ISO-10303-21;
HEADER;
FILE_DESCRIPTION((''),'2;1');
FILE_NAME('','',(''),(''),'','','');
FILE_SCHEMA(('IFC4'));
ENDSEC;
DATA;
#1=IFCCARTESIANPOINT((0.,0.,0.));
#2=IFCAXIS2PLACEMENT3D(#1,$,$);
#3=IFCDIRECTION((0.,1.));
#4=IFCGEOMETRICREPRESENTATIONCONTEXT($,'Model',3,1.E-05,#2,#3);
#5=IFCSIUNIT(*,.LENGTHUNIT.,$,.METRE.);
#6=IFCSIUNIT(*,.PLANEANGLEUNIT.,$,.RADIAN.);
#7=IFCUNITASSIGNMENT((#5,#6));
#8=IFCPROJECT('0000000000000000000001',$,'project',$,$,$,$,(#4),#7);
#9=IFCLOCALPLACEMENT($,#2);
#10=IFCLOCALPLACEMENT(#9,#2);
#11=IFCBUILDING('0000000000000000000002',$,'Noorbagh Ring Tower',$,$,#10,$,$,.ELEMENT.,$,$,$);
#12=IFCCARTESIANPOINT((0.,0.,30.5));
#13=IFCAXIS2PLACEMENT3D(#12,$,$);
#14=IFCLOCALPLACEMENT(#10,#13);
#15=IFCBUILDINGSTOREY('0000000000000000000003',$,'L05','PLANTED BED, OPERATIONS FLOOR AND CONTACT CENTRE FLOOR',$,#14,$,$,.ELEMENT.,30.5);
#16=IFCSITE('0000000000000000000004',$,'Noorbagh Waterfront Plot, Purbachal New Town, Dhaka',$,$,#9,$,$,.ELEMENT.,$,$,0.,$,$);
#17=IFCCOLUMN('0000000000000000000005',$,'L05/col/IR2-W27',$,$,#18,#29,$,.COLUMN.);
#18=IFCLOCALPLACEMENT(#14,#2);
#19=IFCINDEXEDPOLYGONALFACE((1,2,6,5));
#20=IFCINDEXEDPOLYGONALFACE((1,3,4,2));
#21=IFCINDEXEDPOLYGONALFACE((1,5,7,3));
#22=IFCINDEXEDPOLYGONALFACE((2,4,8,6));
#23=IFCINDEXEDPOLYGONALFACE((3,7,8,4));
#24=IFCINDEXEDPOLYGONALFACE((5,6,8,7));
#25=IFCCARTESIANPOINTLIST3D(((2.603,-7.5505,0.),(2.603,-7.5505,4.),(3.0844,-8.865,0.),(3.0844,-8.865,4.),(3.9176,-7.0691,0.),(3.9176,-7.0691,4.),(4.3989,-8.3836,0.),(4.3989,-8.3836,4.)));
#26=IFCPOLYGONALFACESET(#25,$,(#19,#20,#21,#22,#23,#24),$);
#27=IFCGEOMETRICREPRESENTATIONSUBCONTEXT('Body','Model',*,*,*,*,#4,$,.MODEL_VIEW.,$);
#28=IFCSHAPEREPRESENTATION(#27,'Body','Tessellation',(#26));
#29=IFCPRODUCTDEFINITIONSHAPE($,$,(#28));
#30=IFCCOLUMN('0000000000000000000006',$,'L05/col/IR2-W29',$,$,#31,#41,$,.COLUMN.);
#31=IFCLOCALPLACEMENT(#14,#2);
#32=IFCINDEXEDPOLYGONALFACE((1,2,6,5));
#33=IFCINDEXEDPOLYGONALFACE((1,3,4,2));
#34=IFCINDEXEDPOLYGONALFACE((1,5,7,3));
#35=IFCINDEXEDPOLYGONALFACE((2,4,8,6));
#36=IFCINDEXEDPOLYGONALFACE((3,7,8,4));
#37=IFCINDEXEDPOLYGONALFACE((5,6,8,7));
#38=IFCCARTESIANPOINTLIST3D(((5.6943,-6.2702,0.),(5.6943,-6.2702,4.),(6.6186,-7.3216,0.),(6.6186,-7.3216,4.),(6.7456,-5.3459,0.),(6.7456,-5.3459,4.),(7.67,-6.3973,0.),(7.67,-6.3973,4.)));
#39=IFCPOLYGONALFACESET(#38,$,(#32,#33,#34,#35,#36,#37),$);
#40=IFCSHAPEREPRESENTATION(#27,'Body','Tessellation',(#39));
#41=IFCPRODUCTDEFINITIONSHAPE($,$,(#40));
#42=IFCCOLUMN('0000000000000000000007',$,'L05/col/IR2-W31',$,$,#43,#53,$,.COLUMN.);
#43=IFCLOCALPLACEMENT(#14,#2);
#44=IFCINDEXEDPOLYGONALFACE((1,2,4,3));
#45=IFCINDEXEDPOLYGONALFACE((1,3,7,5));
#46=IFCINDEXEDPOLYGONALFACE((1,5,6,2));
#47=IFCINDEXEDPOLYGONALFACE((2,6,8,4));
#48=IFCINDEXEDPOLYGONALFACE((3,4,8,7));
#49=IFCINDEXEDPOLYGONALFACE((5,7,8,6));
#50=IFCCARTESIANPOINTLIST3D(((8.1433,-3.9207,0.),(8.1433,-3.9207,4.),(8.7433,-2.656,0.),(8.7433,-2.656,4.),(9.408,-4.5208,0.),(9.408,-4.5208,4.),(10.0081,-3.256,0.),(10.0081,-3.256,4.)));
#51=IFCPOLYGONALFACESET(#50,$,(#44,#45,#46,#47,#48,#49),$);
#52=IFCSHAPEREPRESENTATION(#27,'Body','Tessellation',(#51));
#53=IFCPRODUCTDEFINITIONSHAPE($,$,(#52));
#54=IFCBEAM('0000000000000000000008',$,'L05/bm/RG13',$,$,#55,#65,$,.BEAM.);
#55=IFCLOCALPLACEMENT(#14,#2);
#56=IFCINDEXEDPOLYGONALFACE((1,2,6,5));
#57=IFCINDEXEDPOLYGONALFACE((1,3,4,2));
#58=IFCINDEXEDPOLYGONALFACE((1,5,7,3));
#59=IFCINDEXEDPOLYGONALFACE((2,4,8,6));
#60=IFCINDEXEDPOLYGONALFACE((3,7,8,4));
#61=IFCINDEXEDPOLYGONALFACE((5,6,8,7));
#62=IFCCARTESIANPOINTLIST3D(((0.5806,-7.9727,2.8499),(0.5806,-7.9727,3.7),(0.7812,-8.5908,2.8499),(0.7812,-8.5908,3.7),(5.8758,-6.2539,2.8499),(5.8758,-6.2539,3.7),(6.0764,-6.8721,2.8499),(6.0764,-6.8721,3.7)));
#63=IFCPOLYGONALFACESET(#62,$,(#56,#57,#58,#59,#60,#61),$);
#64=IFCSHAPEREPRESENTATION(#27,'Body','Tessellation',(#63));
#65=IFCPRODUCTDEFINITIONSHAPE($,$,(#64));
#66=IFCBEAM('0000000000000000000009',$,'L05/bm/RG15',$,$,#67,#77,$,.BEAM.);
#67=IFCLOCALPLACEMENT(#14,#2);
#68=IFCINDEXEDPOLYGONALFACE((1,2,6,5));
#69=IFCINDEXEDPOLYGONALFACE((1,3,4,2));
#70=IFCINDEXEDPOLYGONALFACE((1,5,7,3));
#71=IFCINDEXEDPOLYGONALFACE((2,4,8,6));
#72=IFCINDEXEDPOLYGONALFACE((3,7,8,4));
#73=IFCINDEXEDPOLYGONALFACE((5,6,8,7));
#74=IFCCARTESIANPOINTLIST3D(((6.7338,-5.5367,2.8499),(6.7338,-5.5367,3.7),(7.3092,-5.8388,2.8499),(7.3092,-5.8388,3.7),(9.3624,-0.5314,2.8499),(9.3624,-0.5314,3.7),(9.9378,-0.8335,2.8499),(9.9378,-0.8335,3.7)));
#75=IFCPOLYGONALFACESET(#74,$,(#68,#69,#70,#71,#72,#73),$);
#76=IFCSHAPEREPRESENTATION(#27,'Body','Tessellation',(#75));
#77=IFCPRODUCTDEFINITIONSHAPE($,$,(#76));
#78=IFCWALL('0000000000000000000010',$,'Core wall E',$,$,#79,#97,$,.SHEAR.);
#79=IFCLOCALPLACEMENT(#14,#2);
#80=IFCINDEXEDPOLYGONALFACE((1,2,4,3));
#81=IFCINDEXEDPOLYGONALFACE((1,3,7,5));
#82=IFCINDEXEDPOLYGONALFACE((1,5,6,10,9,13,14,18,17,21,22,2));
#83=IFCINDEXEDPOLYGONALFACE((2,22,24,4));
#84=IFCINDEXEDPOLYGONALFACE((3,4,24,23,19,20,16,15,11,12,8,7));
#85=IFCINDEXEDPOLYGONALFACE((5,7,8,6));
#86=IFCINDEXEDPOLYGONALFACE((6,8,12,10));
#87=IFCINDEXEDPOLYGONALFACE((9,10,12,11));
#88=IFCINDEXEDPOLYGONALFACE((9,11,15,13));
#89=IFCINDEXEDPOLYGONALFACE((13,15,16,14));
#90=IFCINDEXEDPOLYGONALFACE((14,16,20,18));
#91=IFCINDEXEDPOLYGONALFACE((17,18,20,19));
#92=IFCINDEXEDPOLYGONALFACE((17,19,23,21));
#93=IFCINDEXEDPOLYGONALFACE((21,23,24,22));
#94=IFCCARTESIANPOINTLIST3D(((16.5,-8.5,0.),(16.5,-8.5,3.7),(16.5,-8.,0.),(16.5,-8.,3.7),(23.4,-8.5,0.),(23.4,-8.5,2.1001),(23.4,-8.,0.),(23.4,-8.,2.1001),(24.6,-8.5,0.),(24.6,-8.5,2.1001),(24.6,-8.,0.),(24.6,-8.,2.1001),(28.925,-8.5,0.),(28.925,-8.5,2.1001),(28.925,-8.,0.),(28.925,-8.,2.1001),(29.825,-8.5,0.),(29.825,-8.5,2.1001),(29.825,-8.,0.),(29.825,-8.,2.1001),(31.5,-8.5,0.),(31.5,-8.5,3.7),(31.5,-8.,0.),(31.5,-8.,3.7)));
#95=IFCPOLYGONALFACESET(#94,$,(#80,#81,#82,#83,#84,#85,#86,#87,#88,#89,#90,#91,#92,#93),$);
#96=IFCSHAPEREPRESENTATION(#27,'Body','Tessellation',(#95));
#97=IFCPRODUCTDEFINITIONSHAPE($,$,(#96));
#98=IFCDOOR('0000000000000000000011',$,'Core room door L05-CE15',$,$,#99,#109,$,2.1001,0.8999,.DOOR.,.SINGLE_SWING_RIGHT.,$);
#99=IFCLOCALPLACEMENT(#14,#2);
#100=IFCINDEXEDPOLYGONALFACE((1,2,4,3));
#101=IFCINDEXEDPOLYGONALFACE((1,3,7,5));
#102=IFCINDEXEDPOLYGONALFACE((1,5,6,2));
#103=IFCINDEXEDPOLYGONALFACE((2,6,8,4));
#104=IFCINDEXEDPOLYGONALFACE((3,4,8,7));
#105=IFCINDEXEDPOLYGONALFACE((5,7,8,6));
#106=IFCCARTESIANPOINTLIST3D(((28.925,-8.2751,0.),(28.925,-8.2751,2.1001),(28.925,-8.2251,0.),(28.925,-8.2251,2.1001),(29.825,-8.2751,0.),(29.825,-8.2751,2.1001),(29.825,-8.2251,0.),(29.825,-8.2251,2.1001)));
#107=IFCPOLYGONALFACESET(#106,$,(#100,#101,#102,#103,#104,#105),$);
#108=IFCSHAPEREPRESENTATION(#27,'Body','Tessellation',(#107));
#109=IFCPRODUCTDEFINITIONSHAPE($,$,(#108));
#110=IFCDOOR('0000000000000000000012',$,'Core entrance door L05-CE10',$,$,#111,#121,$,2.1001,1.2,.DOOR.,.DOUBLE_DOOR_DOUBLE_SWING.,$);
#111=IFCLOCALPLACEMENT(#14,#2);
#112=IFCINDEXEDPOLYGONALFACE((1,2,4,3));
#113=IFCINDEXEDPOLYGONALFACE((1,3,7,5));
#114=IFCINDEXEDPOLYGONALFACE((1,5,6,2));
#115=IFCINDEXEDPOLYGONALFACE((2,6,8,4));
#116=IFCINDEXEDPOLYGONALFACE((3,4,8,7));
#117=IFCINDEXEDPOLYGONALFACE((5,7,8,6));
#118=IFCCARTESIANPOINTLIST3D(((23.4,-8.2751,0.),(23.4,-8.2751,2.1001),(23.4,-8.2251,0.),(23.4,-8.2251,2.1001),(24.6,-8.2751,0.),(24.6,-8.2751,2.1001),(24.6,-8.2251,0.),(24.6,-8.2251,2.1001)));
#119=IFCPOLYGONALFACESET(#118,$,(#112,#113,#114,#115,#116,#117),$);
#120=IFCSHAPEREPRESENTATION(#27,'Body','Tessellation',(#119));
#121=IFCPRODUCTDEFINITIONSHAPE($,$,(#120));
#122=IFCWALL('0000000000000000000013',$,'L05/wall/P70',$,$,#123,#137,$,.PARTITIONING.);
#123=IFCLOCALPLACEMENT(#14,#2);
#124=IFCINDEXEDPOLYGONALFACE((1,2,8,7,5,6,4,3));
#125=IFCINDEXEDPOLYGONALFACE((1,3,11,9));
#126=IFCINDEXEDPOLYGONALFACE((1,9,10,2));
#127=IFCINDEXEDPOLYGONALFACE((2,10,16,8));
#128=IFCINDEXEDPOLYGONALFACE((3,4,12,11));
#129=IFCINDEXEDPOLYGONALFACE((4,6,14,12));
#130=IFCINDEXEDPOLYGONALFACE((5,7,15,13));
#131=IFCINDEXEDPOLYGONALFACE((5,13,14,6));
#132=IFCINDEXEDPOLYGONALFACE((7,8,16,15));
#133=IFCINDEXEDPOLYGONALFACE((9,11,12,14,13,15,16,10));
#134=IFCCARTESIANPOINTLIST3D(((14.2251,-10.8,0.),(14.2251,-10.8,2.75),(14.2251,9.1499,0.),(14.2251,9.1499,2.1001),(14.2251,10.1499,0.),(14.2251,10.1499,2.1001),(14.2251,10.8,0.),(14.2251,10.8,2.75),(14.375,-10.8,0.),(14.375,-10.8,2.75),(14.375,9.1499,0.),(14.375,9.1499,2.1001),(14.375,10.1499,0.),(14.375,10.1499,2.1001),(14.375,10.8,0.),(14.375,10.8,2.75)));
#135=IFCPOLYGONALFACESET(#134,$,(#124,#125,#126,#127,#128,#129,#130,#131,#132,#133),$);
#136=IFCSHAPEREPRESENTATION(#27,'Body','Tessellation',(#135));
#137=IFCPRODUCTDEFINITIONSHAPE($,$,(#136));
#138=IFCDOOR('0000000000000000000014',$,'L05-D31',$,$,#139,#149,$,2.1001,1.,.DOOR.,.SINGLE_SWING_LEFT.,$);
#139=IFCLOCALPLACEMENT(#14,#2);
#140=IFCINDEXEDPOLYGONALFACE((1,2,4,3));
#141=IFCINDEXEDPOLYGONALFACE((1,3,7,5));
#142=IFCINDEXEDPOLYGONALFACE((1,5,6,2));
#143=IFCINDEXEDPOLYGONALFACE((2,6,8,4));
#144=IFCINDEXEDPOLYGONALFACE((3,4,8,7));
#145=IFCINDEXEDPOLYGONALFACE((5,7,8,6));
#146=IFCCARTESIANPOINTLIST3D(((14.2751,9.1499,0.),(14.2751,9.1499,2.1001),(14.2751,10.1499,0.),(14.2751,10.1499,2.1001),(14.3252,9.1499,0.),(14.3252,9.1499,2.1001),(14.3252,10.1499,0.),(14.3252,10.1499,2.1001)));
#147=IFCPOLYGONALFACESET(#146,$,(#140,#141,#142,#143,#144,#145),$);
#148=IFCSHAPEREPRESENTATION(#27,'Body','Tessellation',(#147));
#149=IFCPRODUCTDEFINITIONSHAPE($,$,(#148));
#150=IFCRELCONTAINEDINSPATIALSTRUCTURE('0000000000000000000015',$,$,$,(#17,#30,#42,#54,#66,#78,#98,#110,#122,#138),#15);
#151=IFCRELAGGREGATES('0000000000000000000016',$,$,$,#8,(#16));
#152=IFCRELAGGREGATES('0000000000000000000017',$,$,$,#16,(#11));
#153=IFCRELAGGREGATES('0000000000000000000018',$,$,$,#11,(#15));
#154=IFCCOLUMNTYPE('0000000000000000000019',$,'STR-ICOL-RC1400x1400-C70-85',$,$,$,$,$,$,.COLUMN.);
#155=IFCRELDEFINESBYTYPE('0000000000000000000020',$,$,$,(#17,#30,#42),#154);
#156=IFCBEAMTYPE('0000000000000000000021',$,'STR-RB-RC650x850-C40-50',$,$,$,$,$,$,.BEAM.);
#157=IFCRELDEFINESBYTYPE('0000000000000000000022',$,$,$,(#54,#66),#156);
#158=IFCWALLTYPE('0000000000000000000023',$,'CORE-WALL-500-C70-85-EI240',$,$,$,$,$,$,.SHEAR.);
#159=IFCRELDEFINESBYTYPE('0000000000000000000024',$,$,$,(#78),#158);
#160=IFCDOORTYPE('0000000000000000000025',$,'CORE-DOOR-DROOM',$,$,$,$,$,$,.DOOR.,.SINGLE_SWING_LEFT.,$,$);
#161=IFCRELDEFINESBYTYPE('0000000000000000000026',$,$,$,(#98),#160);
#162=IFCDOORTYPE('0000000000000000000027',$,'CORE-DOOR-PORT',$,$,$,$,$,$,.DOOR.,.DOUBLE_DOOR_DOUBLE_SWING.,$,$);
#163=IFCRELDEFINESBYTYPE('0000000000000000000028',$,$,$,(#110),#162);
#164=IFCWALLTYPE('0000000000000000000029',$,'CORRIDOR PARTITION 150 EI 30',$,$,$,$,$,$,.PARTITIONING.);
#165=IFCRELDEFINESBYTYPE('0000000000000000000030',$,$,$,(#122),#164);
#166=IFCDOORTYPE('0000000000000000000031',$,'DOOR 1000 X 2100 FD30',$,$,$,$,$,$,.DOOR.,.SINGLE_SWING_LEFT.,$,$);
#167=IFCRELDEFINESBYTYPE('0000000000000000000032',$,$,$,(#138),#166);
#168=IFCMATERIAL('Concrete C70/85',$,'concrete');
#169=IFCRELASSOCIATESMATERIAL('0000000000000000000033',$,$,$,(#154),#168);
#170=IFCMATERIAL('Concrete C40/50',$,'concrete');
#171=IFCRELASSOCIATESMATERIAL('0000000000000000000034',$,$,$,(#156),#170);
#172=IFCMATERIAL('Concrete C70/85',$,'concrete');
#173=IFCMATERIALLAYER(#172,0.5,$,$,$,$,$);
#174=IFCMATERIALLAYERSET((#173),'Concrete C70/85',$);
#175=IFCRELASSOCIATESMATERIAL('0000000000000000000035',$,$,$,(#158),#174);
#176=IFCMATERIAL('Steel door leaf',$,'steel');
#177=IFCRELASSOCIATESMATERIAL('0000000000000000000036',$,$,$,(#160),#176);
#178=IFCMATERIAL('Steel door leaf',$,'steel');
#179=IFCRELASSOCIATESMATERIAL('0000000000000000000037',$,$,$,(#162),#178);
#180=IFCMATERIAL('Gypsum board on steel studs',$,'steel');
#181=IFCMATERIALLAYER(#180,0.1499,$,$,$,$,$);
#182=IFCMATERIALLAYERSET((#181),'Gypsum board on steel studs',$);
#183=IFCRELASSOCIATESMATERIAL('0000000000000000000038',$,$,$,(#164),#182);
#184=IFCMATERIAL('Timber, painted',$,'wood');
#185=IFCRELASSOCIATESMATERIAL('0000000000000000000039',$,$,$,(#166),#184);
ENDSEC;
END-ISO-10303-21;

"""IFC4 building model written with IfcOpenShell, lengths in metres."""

from ifc_helpers import new_model, si_unit, direction, frame, frame_2d, origin, origin_2d, place, context, subcontext, project, spatial, rectangle, extrude, material, layer, layer_set, material_profile, profile_set, type_object, element, fill, save


model = new_model("IFC4")

# Units and contexts
model_context = context("Model", 3, precision=1e-05, world=origin(), true_north=direction((0.0, 1.0)))
body_context = subcontext(model_context, "Body", "Model", "MODEL_VIEW")
ifc_project = project(units=[si_unit("LENGTHUNIT", "METRE"), si_unit("PLANEANGLEUNIT", "RADIAN")], contexts=[model_context])

# Site, building, storey
site_placement = place(None, origin())
site = spatial("IfcSite", under=ifc_project, at=site_placement, Name="Noorbagh Waterfront Plot, Purbachal New Town, Dhaka", CompositionType="ELEMENT", RefElevation=0.0)
building_placement = place(site_placement, origin())
building = spatial("IfcBuilding", under=site, at=building_placement, Name="Noorbagh Ring Tower", CompositionType="ELEMENT")
storey_placement = place(building_placement, frame((0.0, 0.0, 30.5)))
storey = spatial("IfcBuildingStorey", under=building, at=storey_placement, Name="L05", Description="PLANTED BED, OPERATIONS FLOOR AND CONTACT CENTRE FLOOR", CompositionType="ELEMENT", Elevation=30.5)

# Columns
ifc_material_1 = material(Name="Concrete C70/85", Category="concrete")
ifc_material_profile_1 = material_profile(ifc_material_1, rectangle(XDim=1.3999, YDim=1.3999, at=origin_2d()), Name="RC1400x1400")
ifc_profile_set_1 = profile_set([ifc_material_profile_1], Name="Concrete C70/85")
column_type = type_object("IfcColumnType", Name="STR-ICOL-RC1400x1400-C70-85", PredefinedType="COLUMN", material=ifc_profile_set_1)
for number, where, z_axis, x_axis, name in (
    (1, (3.501, -7.967, 0.0), (0.0, 0.0, 1.0), (0.93902, 0.343864, 0.0), "L05/col/IR2-W27"),
    (2, (6.6821, -6.3337, 0.0), (0.0, 0.0, 1.0), (0.751022, 0.660277, 0.0), "L05/col/IR2-W29"),
    (3, (9.0757, -3.5884, 0.0), (0.0, 0.0, 1.0), (0.428667, 0.903463, 0.0), "L05/col/IR2-W31"),
):
    element("IfcColumn", number, at=place(storey_placement, frame(where, z_axis=z_axis, x_axis=x_axis)), inside=storey, type_object=column_type, Name=name, PredefinedType="COLUMN", context=body_context, shape_type="SweptSolid", body=[
        extrude(rectangle(XDim=1.3999, YDim=1.3999, at=origin_2d()), origin(), (0.0, 0.0, 1.0), 4.0),
    ])

# Beams
ifc_material_2 = material(Name="Concrete C40/50", Category="concrete")
ifc_material_profile_2 = material_profile(ifc_material_2, rectangle(XDim=0.6499, YDim=0.8501, at=origin_2d()), Name="RC650x850")
ifc_profile_set_2 = profile_set([ifc_material_profile_2], Name="Concrete C40/50")
beam_type = type_object("IfcBeamType", Name="STR-RB-RC650x850-C40-50", PredefinedType="BEAM", material=ifc_profile_set_2)
beam_1_placement = place(storey_placement, frame((0.6809, -8.2817, 3.2749), z_axis=(0.951149, 0.308732, 0.0), x_axis=(-0.308732, 0.951149, 0.0)))
element("IfcBeam", 4, at=beam_1_placement, inside=storey, type_object=beam_type, Name="L05/bm/RG13", PredefinedType="BEAM", context=body_context, shape_type="SweptSolid", body=[
    extrude(rectangle(XDim=0.6499, YDim=0.8501, at=origin_2d()), origin(), (0.0, 0.0, 1.0), 5.5671),
])
beam_2_placement = place(storey_placement, frame((7.0215, -5.6877, 3.2749), z_axis=(0.464951, 0.885337, 0.0), x_axis=(-0.885337, 0.464951, 0.0)))
element("IfcBeam", 5, at=beam_2_placement, inside=storey, type_object=beam_type, Name="L05/bm/RG15", PredefinedType="BEAM", context=body_context, shape_type="SweptSolid", body=[
    extrude(rectangle(XDim=0.6499, YDim=0.8501, at=origin_2d()), origin(), (0.0, 0.0, 1.0), 5.6536),
])

# Wall, openings, doors
ifc_material_3 = material(Name="Concrete C70/85", Category="concrete")
ifc_layer_1 = layer(ifc_material_3, 0.5)
ifc_layer_set_1 = layer_set([ifc_layer_1], Name="Concrete C70/85")
wall_type_1 = type_object("IfcWallType", Name="CORE-WALL-500-C70-85-EI240", PredefinedType="SHEAR", material=ifc_layer_set_1)
wall_1_placement = place(storey_placement, frame((16.5, -8.25, 0.0), z_axis=(0.0, 0.0, 1.0), x_axis=(1.0, 0.0, 0.0)))
wall_1 = element("IfcWall", 6, at=wall_1_placement, inside=storey, type_object=wall_type_1, Name="Core wall E", PredefinedType="SHEAR", context=body_context, shape_type="SweptSolid", body=[
    extrude(rectangle(XDim=15.0, YDim=0.5, at=frame_2d((7.5, 0.0))), origin(), (0.0, 0.0, 1.0), 3.7),
])
opening_1_placement = place(wall_1_placement, frame((6.8999, 0.0, 0.0)))
opening_1 = element("IfcOpeningElement", 7, at=opening_1_placement, cuts=wall_1, PredefinedType="OPENING", context=body_context, shape_type="SweptSolid", body=[
    extrude(rectangle(XDim=1.2, YDim=2.1001, at=frame_2d((0.6001, 1.05))), frame((0.0, 0.26, 0.0), z_axis=(0.0, -1.0, 0.0), x_axis=(1.0, 0.0, 0.0)), (0.0, 0.0, 1.0), 0.52),
])
opening_2_placement = place(wall_1_placement, frame((12.425, 0.0, 0.0)))
opening_2 = element("IfcOpeningElement", 8, at=opening_2_placement, cuts=wall_1, PredefinedType="OPENING", context=body_context, shape_type="SweptSolid", body=[
    extrude(rectangle(XDim=0.8999, YDim=2.1001, at=frame_2d((0.45, 1.05))), frame((0.0, 0.26, 0.0), z_axis=(0.0, -1.0, 0.0), x_axis=(1.0, 0.0, 0.0)), (0.0, 0.0, 1.0), 0.52),
])
ifc_material_4 = material(Name="Steel door leaf", Category="steel")
door_type_1 = type_object("IfcDoorType", Name="CORE-DOOR-DROOM", OperationType="SINGLE_SWING_LEFT", PredefinedType="DOOR", material=ifc_material_4)
door_1_placement = place(opening_2_placement, origin())
door_1 = element("IfcDoor", 9, at=door_1_placement, inside=storey, type_object=door_type_1, Name="Core room door L05-CE15", OperationType="SINGLE_SWING_RIGHT", OverallHeight=2.1001, OverallWidth=0.8999, PredefinedType="DOOR", context=body_context, shape_type="SweptSolid", body=[
    extrude(rectangle(XDim=0.8999, YDim=2.1001, at=frame_2d((0.45, 1.05))), frame((0.0, 0.0249, 0.0), z_axis=(0.0, -1.0, 0.0), x_axis=(1.0, 0.0, 0.0)), (0.0, 0.0, 1.0), 0.05),
])
fill(opening_2, door_1)
ifc_material_5 = material(Name="Steel door leaf", Category="steel")
door_type_2 = type_object("IfcDoorType", Name="CORE-DOOR-PORT", OperationType="DOUBLE_DOOR_DOUBLE_SWING", PredefinedType="DOOR", material=ifc_material_5)
door_2_placement = place(opening_1_placement, origin())
door_2 = element("IfcDoor", 10, at=door_2_placement, inside=storey, type_object=door_type_2, Name="Core entrance door L05-CE10", OperationType="DOUBLE_DOOR_DOUBLE_SWING", OverallHeight=2.1001, OverallWidth=1.2, PredefinedType="DOOR", context=body_context, shape_type="SweptSolid", body=[
    extrude(rectangle(XDim=1.2, YDim=2.1001, at=frame_2d((0.6001, 1.05))), frame((0.0, 0.0249, 0.0), z_axis=(0.0, -1.0, 0.0), x_axis=(1.0, 0.0, 0.0)), (0.0, 0.0, 1.0), 0.05),
])
fill(opening_1, door_2)

# Wall, opening, door
ifc_material_6 = material(Name="Gypsum board on steel studs", Category="steel")
ifc_layer_2 = layer(ifc_material_6, 0.1499)
ifc_layer_set_2 = layer_set([ifc_layer_2], Name="Gypsum board on steel studs")
wall_type_2 = type_object("IfcWallType", Name="CORRIDOR PARTITION 150 EI 30", PredefinedType="PARTITIONING", material=ifc_layer_set_2)
wall_2_placement = place(storey_placement, frame((14.3, -10.8, 0.0), z_axis=(0.0, 0.0, 1.0), x_axis=(0.0, 1.0, 0.0)))
wall_2 = element("IfcWall", 11, at=wall_2_placement, inside=storey, type_object=wall_type_2, Name="L05/wall/P70", PredefinedType="PARTITIONING", context=body_context, shape_type="SweptSolid", body=[
    extrude(rectangle(XDim=21.6001, YDim=0.1499, at=frame_2d((10.8, 0.0))), origin(), (0.0, 0.0, 1.0), 2.75),
])
opening_3_placement = place(wall_2_placement, frame((19.95, 0.0, 0.0)))
opening_3 = element("IfcOpeningElement", 12, at=opening_3_placement, cuts=wall_2, PredefinedType="OPENING", context=body_context, shape_type="SweptSolid", body=[
    extrude(rectangle(XDim=1.0, YDim=2.1001, at=frame_2d((0.5, 1.05))), frame((0.0, 0.085, 0.0), z_axis=(0.0, -1.0, 0.0), x_axis=(1.0, 0.0, 0.0)), (0.0, 0.0, 1.0), 0.1699),
])
ifc_material_7 = material(Name="Timber, painted", Category="wood")
door_type_3 = type_object("IfcDoorType", Name="DOOR 1000 X 2100 FD30", OperationType="SINGLE_SWING_LEFT", PredefinedType="DOOR", material=ifc_material_7)
door_3_placement = place(opening_3_placement, origin())
door_3 = element("IfcDoor", 13, at=door_3_placement, inside=storey, type_object=door_type_3, Name="L05-D31", OperationType="SINGLE_SWING_LEFT", OverallHeight=2.1001, OverallWidth=1.0, PredefinedType="DOOR", context=body_context, shape_type="SweptSolid", body=[
    extrude(rectangle(XDim=1.0, YDim=2.1001, at=frame_2d((0.5, 1.05))), frame((0.0, 0.0249, 0.0), z_axis=(0.0, -1.0, 0.0), x_axis=(1.0, 0.0, 0.0)), (0.0, 0.0, 1.0), 0.05),
])
fill(opening_3, door_3)

save(model, "model.ifc")
